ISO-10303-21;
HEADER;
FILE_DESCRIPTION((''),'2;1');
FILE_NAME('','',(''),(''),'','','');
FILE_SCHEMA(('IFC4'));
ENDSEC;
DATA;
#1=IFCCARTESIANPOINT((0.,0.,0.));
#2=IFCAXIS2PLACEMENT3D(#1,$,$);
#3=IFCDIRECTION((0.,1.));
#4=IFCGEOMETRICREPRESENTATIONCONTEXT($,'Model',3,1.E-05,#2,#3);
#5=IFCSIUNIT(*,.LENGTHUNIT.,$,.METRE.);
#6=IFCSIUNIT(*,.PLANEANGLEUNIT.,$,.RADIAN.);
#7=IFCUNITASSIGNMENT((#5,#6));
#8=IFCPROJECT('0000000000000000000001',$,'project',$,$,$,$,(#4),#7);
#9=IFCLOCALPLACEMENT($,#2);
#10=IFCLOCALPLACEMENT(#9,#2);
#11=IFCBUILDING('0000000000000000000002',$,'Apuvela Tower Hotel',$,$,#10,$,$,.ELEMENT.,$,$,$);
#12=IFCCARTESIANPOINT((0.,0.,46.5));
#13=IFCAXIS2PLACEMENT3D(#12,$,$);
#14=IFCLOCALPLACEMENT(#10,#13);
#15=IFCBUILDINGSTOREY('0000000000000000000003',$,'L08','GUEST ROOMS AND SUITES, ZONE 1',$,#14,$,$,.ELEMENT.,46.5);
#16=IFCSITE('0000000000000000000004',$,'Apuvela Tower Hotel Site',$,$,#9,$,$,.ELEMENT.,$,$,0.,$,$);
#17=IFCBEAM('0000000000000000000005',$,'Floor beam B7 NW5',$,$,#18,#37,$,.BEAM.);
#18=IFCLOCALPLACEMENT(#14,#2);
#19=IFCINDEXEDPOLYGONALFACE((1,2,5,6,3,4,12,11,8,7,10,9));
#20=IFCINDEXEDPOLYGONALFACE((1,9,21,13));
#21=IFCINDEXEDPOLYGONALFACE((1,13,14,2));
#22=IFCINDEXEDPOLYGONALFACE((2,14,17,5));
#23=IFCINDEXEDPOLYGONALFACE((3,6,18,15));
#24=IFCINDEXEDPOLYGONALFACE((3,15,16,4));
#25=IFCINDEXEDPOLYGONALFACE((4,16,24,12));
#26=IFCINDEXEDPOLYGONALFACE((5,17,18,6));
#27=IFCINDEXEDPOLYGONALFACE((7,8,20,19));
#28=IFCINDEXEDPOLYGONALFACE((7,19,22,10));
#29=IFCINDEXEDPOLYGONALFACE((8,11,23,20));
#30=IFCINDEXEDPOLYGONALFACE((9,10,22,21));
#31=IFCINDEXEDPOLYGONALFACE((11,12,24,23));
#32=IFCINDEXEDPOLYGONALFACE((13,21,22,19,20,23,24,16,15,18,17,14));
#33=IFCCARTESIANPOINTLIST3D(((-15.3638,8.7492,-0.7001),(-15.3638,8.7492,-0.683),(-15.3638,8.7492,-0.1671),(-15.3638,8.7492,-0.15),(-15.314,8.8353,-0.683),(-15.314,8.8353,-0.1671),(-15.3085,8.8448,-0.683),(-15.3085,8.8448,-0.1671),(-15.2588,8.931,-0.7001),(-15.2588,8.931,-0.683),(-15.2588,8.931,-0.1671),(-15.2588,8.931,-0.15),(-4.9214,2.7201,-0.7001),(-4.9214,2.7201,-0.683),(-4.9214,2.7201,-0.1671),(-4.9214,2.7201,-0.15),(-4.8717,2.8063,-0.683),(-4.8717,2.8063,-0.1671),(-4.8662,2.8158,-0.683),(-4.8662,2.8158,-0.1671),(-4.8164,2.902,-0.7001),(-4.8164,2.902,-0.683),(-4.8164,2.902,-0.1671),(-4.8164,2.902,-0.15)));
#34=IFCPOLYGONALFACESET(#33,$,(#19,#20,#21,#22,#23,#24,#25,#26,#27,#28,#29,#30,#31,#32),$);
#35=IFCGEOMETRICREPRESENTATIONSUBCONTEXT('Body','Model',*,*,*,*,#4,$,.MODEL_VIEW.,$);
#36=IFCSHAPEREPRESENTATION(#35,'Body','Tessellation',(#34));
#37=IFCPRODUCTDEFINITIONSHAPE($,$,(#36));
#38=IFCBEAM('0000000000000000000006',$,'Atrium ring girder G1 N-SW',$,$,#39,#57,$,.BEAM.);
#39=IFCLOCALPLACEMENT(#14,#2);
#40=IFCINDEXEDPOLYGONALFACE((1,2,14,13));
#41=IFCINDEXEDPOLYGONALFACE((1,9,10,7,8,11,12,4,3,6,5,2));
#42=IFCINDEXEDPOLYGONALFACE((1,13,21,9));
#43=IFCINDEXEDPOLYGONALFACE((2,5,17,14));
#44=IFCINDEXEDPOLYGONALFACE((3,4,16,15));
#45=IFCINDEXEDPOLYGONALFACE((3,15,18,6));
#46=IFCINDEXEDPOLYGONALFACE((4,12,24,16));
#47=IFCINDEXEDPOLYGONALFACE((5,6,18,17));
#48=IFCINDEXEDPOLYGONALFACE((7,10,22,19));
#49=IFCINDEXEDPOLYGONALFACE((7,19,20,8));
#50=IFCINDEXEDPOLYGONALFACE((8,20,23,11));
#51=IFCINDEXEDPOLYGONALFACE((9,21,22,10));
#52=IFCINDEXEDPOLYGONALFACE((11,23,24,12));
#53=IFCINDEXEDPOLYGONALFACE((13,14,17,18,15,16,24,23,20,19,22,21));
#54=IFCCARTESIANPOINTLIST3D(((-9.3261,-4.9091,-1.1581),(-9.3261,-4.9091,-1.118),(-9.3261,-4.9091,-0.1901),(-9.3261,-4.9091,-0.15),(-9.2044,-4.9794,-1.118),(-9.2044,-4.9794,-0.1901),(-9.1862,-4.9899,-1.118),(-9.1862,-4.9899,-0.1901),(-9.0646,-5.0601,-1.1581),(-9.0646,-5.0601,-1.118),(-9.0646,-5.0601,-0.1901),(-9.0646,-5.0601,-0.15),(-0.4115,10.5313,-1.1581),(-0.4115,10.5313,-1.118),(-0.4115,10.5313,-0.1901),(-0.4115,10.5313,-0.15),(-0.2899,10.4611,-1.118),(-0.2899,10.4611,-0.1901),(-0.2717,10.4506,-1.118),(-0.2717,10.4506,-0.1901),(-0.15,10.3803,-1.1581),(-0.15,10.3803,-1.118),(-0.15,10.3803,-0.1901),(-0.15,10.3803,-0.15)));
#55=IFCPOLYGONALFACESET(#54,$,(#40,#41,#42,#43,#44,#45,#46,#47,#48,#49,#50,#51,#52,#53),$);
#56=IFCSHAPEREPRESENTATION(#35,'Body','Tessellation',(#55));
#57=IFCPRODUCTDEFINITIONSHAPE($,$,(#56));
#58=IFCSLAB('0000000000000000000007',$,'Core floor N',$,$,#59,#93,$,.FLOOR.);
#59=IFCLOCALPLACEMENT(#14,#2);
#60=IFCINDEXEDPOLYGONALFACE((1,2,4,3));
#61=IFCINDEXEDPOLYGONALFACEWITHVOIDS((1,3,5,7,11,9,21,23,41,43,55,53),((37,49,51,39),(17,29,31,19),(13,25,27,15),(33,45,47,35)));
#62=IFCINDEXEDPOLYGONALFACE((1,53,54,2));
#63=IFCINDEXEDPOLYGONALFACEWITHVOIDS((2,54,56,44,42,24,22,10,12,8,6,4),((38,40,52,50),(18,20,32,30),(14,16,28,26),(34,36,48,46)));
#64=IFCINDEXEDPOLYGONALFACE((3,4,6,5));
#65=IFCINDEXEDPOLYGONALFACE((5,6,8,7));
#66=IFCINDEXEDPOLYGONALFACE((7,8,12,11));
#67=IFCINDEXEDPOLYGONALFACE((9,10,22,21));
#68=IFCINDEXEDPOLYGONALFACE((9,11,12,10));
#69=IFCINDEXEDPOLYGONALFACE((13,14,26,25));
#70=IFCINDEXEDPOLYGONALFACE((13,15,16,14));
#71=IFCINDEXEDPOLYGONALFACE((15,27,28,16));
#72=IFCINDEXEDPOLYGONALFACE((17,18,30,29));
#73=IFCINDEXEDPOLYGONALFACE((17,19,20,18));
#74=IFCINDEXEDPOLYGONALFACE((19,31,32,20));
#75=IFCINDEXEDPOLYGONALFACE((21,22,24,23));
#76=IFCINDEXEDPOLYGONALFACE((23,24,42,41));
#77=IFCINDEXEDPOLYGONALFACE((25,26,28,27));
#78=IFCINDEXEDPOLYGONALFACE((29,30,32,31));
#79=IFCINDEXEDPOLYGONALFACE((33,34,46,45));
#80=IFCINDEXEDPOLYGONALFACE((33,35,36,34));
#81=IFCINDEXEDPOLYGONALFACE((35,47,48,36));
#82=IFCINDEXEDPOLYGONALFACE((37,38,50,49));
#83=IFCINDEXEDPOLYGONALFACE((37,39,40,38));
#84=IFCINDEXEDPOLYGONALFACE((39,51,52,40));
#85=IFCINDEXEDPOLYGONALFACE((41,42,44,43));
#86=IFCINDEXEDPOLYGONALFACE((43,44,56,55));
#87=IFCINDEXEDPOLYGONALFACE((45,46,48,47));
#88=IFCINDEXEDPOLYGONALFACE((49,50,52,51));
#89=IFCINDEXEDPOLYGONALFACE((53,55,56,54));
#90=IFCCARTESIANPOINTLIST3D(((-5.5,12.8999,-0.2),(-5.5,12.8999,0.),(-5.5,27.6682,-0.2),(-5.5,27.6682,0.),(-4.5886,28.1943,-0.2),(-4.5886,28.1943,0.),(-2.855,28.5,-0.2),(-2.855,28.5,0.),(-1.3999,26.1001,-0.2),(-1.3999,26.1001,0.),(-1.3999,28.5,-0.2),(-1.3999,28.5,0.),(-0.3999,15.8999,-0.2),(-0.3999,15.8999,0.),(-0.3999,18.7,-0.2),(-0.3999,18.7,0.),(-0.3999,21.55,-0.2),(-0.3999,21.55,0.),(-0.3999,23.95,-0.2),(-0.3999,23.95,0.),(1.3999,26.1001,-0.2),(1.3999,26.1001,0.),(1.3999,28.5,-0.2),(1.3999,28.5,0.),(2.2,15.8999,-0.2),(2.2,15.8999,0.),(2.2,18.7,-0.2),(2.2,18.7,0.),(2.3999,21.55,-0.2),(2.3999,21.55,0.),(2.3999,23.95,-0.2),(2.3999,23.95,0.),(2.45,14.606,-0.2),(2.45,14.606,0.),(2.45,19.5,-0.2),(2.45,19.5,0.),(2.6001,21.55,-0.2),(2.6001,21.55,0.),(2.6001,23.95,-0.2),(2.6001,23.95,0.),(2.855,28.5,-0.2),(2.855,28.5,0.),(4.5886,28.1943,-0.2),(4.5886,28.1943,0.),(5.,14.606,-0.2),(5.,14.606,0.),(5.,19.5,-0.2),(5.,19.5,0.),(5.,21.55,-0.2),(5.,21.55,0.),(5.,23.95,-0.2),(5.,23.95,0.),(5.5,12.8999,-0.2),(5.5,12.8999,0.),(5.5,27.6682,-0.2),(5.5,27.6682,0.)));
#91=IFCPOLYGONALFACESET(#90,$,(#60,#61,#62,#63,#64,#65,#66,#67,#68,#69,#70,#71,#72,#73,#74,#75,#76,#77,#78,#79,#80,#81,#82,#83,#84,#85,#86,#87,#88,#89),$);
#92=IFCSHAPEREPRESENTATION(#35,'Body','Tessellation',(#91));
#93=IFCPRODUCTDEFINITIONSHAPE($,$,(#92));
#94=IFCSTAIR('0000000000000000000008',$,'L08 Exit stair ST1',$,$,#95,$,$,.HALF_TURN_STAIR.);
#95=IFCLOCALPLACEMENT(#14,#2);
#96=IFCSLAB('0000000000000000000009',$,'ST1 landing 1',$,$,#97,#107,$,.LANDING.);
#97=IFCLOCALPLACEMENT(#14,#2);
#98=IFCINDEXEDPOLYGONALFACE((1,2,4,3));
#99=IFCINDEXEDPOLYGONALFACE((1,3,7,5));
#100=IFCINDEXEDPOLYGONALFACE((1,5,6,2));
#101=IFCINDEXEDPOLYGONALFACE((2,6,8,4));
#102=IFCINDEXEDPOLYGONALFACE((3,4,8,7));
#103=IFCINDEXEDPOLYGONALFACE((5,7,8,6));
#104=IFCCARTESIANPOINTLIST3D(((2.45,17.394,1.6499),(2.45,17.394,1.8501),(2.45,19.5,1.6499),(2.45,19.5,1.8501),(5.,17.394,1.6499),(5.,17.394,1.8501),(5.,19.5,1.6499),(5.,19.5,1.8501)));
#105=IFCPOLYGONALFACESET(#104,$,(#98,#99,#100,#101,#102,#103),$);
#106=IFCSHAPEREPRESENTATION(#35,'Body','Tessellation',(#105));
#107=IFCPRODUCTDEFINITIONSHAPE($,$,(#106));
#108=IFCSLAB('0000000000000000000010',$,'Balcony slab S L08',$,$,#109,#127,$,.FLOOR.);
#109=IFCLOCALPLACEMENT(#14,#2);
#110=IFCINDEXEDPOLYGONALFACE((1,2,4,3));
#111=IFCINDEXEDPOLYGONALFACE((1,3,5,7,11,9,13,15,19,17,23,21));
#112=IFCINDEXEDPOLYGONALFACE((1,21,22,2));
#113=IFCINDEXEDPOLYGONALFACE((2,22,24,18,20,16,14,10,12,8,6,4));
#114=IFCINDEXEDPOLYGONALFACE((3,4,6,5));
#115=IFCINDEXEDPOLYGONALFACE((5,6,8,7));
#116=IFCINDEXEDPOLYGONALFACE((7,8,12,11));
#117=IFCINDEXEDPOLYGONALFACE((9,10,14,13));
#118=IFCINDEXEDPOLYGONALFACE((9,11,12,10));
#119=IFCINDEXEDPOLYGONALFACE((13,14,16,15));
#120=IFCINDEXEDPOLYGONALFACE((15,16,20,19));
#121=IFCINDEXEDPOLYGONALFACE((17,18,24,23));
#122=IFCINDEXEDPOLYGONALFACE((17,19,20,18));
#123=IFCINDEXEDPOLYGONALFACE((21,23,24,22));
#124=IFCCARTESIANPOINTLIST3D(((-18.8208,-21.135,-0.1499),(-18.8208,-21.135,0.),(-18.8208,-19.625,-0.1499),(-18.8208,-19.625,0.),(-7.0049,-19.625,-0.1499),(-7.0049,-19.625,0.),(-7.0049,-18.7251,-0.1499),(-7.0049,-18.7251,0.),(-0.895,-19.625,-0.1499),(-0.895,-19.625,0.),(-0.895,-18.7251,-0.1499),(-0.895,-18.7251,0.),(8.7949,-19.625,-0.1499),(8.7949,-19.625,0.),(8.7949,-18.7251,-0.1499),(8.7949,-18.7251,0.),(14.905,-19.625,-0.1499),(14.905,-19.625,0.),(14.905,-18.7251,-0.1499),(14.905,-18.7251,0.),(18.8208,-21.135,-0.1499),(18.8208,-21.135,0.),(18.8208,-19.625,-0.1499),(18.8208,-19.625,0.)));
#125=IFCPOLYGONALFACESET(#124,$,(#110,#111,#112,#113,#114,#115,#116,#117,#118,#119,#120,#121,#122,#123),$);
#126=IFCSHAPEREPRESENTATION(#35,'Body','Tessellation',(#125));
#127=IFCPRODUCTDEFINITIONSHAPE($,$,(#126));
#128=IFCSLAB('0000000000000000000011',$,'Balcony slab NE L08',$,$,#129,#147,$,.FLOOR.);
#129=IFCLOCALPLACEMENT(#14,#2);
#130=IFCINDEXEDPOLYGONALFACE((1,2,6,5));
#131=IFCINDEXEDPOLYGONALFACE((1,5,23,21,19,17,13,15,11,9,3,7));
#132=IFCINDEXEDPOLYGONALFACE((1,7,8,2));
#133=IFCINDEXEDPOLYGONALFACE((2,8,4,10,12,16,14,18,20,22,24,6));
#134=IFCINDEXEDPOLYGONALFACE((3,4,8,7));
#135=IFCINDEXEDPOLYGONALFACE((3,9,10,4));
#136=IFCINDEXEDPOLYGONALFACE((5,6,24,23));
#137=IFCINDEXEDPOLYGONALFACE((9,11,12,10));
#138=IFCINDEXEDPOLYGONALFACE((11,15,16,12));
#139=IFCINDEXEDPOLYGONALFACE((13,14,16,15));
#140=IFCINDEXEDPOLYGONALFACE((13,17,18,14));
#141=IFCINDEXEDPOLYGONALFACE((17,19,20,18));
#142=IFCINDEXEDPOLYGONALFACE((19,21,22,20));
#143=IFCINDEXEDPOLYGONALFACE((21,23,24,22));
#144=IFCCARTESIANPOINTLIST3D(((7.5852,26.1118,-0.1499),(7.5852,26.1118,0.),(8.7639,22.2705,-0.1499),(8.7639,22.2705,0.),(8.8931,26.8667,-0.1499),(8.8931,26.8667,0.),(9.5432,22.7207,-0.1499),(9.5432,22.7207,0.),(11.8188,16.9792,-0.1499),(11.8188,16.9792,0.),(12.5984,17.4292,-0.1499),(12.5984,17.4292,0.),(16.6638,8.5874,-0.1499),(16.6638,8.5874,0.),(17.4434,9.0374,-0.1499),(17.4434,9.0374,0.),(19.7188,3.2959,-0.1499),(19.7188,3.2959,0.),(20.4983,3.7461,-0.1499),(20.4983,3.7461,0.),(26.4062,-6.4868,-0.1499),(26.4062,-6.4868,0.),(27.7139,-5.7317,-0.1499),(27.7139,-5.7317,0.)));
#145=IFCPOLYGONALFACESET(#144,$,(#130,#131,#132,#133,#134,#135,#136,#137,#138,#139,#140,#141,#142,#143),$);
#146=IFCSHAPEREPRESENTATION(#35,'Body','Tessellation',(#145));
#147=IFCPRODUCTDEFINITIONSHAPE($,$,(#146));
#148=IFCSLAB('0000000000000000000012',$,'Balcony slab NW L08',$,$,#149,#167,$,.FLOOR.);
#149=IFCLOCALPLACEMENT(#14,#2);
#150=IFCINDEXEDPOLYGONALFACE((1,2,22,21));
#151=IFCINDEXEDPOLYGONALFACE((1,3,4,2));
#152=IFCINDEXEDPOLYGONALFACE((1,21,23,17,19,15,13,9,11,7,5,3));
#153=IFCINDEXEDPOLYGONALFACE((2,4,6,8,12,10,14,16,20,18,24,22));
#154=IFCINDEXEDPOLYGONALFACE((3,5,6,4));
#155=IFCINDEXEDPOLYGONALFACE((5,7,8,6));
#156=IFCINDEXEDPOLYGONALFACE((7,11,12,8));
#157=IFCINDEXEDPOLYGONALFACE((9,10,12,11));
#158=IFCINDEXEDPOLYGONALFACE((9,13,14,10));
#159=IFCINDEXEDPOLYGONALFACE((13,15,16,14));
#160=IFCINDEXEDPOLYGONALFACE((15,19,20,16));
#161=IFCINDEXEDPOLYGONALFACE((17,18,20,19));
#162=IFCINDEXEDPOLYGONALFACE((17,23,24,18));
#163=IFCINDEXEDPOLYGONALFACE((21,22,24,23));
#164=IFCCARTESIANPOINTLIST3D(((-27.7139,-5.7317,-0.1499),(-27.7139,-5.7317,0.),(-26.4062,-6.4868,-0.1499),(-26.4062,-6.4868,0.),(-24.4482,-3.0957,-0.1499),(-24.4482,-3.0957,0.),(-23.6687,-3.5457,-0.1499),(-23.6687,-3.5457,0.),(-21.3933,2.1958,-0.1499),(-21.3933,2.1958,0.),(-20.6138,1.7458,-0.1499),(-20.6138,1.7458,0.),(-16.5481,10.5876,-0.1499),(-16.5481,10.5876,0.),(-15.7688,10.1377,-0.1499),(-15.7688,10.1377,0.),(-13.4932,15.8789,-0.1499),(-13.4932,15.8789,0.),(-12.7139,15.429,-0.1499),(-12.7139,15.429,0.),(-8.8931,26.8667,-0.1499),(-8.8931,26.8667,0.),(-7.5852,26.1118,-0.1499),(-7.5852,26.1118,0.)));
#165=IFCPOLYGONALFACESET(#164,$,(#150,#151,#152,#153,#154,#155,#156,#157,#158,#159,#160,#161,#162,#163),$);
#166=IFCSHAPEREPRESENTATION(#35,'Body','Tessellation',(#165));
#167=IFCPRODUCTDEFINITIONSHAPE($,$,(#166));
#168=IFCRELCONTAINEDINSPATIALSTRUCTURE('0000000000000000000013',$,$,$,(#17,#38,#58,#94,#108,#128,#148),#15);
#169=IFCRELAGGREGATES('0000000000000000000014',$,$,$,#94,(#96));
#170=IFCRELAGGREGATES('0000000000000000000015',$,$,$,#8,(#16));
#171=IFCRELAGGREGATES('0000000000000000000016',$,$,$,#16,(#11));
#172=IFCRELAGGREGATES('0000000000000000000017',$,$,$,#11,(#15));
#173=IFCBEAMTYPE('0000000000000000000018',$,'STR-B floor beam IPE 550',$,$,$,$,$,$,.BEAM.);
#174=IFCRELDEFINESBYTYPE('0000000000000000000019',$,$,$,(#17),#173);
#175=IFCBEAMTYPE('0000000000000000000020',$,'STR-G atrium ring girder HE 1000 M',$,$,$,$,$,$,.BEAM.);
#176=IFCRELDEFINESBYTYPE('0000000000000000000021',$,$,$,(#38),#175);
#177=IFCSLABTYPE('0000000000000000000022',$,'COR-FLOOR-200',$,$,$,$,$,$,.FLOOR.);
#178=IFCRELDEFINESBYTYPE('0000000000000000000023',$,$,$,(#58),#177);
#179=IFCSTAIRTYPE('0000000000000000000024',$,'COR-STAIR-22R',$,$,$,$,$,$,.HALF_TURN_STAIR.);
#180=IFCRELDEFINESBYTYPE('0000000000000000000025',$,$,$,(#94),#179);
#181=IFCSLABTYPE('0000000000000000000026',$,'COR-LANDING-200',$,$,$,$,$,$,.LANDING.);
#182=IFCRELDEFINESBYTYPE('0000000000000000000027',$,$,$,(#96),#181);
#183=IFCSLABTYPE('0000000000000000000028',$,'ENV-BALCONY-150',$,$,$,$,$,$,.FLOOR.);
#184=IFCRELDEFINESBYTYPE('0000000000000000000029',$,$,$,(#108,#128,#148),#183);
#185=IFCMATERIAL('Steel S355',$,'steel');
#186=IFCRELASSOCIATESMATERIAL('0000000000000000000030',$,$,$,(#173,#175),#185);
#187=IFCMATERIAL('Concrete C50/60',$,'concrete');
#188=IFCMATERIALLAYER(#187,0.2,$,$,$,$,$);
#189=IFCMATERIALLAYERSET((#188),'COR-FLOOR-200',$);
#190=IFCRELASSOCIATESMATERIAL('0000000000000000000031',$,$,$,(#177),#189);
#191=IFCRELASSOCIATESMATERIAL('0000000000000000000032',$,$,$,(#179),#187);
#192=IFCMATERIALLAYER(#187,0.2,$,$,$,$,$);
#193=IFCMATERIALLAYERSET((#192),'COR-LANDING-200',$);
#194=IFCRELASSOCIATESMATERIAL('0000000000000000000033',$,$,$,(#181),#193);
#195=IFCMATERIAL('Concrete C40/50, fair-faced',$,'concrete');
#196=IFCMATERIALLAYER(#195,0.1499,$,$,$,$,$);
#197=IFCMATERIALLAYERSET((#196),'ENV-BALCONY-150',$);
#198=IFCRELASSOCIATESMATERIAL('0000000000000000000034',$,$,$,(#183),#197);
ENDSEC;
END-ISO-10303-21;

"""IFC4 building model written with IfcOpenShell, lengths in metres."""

from ifc_helpers import new_model, si_unit, direction, frame, origin, origin_2d, place, context, subcontext, project, spatial, polyline, i_section, outline, extrude, material, layer, layer_set, material_profile, profile_set, type_object, element, aggregate, save


model = new_model("IFC4")

# Units and contexts
model_context = context("Model", 3, precision=1e-05, world=origin(), true_north=direction((0.0, 1.0)))
body_context = subcontext(model_context, "Body", "Model", "MODEL_VIEW")
ifc_project = project(units=[si_unit("LENGTHUNIT", "METRE"), si_unit("PLANEANGLEUNIT", "RADIAN")], contexts=[model_context])

# Site, building, storey
site_placement = place(None, origin())
site = spatial("IfcSite", under=ifc_project, at=site_placement, Name="Apuvela Tower Hotel Site", CompositionType="ELEMENT", RefElevation=0.0)
building_placement = place(site_placement, origin())
building = spatial("IfcBuilding", under=site, at=building_placement, Name="Apuvela Tower Hotel", CompositionType="ELEMENT")
storey_placement = place(building_placement, frame((0.0, 0.0, 46.5)))
storey = spatial("IfcBuildingStorey", under=building, at=storey_placement, Name="L08", Description="GUEST ROOMS AND SUITES, ZONE 1", CompositionType="ELEMENT", Elevation=46.5)

# Beams
ifc_material_1 = material(Name="Steel S355", Category="steel")
ifc_material_profile_1 = material_profile(ifc_material_1, i_section(OverallWidth=0.21, OverallDepth=0.55, WebThickness=0.011, FlangeThickness=0.0171, at=origin_2d()), Name="IPE 550")
ifc_profile_set_1 = profile_set([ifc_material_profile_1], Name="Steel S355")
beam_type_1 = type_object("IfcBeamType", Name="STR-B floor beam IPE 550", PredefinedType="BEAM", material=ifc_profile_set_1)
beam_1_placement = place(storey_placement, frame((-15.3113, 8.8401, -0.425), z_axis=(0.86602, -0.500009, 0.0), x_axis=(0.500009, 0.86602, 0.0)))
element("IfcBeam", 1, at=beam_1_placement, inside=storey, type_object=beam_type_1, Name="Floor beam B7 NW5", PredefinedType="BEAM", context=body_context, shape_type="SweptSolid", body=[
    extrude(i_section(OverallWidth=0.21, OverallDepth=0.55, WebThickness=0.011, FlangeThickness=0.0171, at=origin_2d()), origin(), (0.0, 0.0, 1.0), 12.0579),
])
ifc_material_profile_2 = material_profile(ifc_material_1, i_section(OverallWidth=0.302, OverallDepth=1.0081, WebThickness=0.021, FlangeThickness=0.04, at=origin_2d()), Name="HE 1000 M")
ifc_profile_set_2 = profile_set([ifc_material_profile_2], Name="Steel S355")
beam_type_2 = type_object("IfcBeamType", Name="STR-G atrium ring girder HE 1000 M", PredefinedType="BEAM", material=ifc_profile_set_2)
beam_2_placement = place(storey_placement, frame((-0.2808, 10.4558, -0.6541), z_axis=(-0.500001, -0.866025, 0.0), x_axis=(0.866025, -0.500001, 0.0)))
element("IfcBeam", 2, at=beam_2_placement, inside=storey, type_object=beam_type_2, Name="Atrium ring girder G1 N-SW", PredefinedType="BEAM", context=body_context, shape_type="SweptSolid", body=[
    extrude(i_section(OverallWidth=0.302, OverallDepth=1.0081, WebThickness=0.021, FlangeThickness=0.04, at=origin_2d()), origin(), (0.0, 0.0, 1.0), 17.8291),
])

# Slab
ifc_material_2 = material(Name="Concrete C50/60", Category="concrete")
ifc_layer_1 = layer(ifc_material_2, 0.2)
ifc_layer_set_1 = layer_set([ifc_layer_1], Name="COR-FLOOR-200")
slab_type_1 = type_object("IfcSlabType", Name="COR-FLOOR-200", PredefinedType="FLOOR", material=ifc_layer_set_1)
slab_1_placement = place(storey_placement, frame((0.0, 0.0, -0.2)))
element("IfcSlab", 3, at=slab_1_placement, inside=storey, type_object=slab_type_1, Name="Core floor N", PredefinedType="FLOOR", context=body_context, shape_type="SweptSolid", body=[
    extrude(outline(polyline([(5.5, 27.6682), (4.5886, 28.1943), (2.855, 28.5), (1.3999, 28.5), (1.3999, 26.1001), (-1.3999, 26.1001), (-1.3999, 28.5), (-2.855, 28.5), (-4.5886, 28.1943), (-5.5, 27.6682), (-5.5, 12.8999), (5.5, 12.8999), (5.5, 27.6682)]), holes=[polyline([(5.0, 14.606), (2.45, 14.606), (2.45, 19.5), (5.0, 19.5), (5.0, 14.606)]), polyline([(2.2, 15.8999), (-0.3999, 15.8999), (-0.3999, 18.7), (2.2, 18.7), (2.2, 15.8999)]), polyline([(5.0, 21.55), (2.6001, 21.55), (2.6001, 23.95), (5.0, 23.95), (5.0, 21.55)]), polyline([(2.3999, 21.55), (-0.3999, 21.55), (-0.3999, 23.95), (2.3999, 23.95), (2.3999, 21.55)])]), origin(), (0.0, 0.0, 1.0), 0.2),
])

# Stair, slab
stair_type = type_object("IfcStairType", Name="COR-STAIR-22R", PredefinedType="HALF_TURN_STAIR", material=ifc_material_2)
stair_placement = place(storey_placement, origin())
stair = element("IfcStair", 4, at=stair_placement, inside=storey, type_object=stair_type, Name="L08 Exit stair ST1", PredefinedType="HALF_TURN_STAIR")
ifc_layer_2 = layer(ifc_material_2, 0.2)
ifc_layer_set_2 = layer_set([ifc_layer_2], Name="COR-LANDING-200")
slab_type_2 = type_object("IfcSlabType", Name="COR-LANDING-200", PredefinedType="LANDING", material=ifc_layer_set_2)
slab_2_placement = place(storey_placement, frame((0.0, 0.0, 1.6499)))
slab_2 = element("IfcSlab", 5, at=slab_2_placement, type_object=slab_type_2, Name="ST1 landing 1", PredefinedType="LANDING", context=body_context, shape_type="SweptSolid", body=[
    extrude(outline(polyline([(5.0, 17.394), (5.0, 19.5), (2.45, 19.5), (2.45, 17.394), (5.0, 17.394)])), origin(), (0.0, 0.0, 1.0), 0.2002),
])
aggregate(stair, [slab_2])

# Slabs
ifc_material_3 = material(Name="Concrete C40/50, fair-faced", Category="concrete")
ifc_layer_3 = layer(ifc_material_3, 0.1499)
ifc_layer_set_3 = layer_set([ifc_layer_3], Name="ENV-BALCONY-150")
slab_type_3 = type_object("IfcSlabType", Name="ENV-BALCONY-150", PredefinedType="FLOOR", material=ifc_layer_set_3)
slab_3_placement = place(storey_placement, frame((0.0, 0.0, -0.1499)))
element("IfcSlab", 6, at=slab_3_placement, inside=storey, type_object=slab_type_3, Name="Balcony slab S L08", PredefinedType="FLOOR", context=body_context, shape_type="SweptSolid", body=[
    extrude(outline(polyline([(18.8208, -21.135), (-18.8208, -21.135), (-18.8208, -19.625), (-7.0049, -19.625), (-7.0049, -18.7251), (-0.895, -18.7251), (-0.895, -19.625), (8.7949, -19.625), (8.7949, -18.7251), (14.905, -18.7251), (14.905, -19.625), (18.8208, -19.625), (18.8208, -21.135)])), origin(), (0.0, 0.0, 1.0), 0.1499),
])
slab_4_placement = place(storey_placement, frame((0.0, 0.0, -0.1499)))
element("IfcSlab", 7, at=slab_4_placement, inside=storey, type_object=slab_type_3, Name="Balcony slab NE L08", PredefinedType="FLOOR", context=body_context, shape_type="SweptSolid", body=[
    extrude(outline(polyline([(17.4434, 9.0374), (12.5984, 17.4292), (11.8188, 16.9792), (8.7639, 22.2705), (9.5432, 22.7207), (7.5852, 26.1118), (8.8931, 26.8667), (27.7139, -5.7317), (26.4062, -6.4868), (20.4983, 3.7461), (19.7188, 3.2959), (16.6638, 8.5874), (17.4434, 9.0374)])), origin(), (0.0, 0.0, 1.0), 0.1499),
])
slab_5_placement = place(storey_placement, frame((0.0, 0.0, -0.1499)))
element("IfcSlab", 8, at=slab_5_placement, inside=storey, type_object=slab_type_3, Name="Balcony slab NW L08", PredefinedType="FLOOR", context=body_context, shape_type="SweptSolid", body=[
    extrude(outline(polyline([(-27.7139, -5.7317), (-8.8931, 26.8667), (-7.5852, 26.1118), (-13.4932, 15.8789), (-12.7139, 15.429), (-15.7688, 10.1377), (-16.5481, 10.5876), (-21.3933, 2.1958), (-20.6138, 1.7458), (-23.6687, -3.5457), (-24.4482, -3.0957), (-26.4062, -6.4868), (-27.7139, -5.7317)])), origin(), (0.0, 0.0, 1.0), 0.1499),
])

save(model, "model.ifc")
